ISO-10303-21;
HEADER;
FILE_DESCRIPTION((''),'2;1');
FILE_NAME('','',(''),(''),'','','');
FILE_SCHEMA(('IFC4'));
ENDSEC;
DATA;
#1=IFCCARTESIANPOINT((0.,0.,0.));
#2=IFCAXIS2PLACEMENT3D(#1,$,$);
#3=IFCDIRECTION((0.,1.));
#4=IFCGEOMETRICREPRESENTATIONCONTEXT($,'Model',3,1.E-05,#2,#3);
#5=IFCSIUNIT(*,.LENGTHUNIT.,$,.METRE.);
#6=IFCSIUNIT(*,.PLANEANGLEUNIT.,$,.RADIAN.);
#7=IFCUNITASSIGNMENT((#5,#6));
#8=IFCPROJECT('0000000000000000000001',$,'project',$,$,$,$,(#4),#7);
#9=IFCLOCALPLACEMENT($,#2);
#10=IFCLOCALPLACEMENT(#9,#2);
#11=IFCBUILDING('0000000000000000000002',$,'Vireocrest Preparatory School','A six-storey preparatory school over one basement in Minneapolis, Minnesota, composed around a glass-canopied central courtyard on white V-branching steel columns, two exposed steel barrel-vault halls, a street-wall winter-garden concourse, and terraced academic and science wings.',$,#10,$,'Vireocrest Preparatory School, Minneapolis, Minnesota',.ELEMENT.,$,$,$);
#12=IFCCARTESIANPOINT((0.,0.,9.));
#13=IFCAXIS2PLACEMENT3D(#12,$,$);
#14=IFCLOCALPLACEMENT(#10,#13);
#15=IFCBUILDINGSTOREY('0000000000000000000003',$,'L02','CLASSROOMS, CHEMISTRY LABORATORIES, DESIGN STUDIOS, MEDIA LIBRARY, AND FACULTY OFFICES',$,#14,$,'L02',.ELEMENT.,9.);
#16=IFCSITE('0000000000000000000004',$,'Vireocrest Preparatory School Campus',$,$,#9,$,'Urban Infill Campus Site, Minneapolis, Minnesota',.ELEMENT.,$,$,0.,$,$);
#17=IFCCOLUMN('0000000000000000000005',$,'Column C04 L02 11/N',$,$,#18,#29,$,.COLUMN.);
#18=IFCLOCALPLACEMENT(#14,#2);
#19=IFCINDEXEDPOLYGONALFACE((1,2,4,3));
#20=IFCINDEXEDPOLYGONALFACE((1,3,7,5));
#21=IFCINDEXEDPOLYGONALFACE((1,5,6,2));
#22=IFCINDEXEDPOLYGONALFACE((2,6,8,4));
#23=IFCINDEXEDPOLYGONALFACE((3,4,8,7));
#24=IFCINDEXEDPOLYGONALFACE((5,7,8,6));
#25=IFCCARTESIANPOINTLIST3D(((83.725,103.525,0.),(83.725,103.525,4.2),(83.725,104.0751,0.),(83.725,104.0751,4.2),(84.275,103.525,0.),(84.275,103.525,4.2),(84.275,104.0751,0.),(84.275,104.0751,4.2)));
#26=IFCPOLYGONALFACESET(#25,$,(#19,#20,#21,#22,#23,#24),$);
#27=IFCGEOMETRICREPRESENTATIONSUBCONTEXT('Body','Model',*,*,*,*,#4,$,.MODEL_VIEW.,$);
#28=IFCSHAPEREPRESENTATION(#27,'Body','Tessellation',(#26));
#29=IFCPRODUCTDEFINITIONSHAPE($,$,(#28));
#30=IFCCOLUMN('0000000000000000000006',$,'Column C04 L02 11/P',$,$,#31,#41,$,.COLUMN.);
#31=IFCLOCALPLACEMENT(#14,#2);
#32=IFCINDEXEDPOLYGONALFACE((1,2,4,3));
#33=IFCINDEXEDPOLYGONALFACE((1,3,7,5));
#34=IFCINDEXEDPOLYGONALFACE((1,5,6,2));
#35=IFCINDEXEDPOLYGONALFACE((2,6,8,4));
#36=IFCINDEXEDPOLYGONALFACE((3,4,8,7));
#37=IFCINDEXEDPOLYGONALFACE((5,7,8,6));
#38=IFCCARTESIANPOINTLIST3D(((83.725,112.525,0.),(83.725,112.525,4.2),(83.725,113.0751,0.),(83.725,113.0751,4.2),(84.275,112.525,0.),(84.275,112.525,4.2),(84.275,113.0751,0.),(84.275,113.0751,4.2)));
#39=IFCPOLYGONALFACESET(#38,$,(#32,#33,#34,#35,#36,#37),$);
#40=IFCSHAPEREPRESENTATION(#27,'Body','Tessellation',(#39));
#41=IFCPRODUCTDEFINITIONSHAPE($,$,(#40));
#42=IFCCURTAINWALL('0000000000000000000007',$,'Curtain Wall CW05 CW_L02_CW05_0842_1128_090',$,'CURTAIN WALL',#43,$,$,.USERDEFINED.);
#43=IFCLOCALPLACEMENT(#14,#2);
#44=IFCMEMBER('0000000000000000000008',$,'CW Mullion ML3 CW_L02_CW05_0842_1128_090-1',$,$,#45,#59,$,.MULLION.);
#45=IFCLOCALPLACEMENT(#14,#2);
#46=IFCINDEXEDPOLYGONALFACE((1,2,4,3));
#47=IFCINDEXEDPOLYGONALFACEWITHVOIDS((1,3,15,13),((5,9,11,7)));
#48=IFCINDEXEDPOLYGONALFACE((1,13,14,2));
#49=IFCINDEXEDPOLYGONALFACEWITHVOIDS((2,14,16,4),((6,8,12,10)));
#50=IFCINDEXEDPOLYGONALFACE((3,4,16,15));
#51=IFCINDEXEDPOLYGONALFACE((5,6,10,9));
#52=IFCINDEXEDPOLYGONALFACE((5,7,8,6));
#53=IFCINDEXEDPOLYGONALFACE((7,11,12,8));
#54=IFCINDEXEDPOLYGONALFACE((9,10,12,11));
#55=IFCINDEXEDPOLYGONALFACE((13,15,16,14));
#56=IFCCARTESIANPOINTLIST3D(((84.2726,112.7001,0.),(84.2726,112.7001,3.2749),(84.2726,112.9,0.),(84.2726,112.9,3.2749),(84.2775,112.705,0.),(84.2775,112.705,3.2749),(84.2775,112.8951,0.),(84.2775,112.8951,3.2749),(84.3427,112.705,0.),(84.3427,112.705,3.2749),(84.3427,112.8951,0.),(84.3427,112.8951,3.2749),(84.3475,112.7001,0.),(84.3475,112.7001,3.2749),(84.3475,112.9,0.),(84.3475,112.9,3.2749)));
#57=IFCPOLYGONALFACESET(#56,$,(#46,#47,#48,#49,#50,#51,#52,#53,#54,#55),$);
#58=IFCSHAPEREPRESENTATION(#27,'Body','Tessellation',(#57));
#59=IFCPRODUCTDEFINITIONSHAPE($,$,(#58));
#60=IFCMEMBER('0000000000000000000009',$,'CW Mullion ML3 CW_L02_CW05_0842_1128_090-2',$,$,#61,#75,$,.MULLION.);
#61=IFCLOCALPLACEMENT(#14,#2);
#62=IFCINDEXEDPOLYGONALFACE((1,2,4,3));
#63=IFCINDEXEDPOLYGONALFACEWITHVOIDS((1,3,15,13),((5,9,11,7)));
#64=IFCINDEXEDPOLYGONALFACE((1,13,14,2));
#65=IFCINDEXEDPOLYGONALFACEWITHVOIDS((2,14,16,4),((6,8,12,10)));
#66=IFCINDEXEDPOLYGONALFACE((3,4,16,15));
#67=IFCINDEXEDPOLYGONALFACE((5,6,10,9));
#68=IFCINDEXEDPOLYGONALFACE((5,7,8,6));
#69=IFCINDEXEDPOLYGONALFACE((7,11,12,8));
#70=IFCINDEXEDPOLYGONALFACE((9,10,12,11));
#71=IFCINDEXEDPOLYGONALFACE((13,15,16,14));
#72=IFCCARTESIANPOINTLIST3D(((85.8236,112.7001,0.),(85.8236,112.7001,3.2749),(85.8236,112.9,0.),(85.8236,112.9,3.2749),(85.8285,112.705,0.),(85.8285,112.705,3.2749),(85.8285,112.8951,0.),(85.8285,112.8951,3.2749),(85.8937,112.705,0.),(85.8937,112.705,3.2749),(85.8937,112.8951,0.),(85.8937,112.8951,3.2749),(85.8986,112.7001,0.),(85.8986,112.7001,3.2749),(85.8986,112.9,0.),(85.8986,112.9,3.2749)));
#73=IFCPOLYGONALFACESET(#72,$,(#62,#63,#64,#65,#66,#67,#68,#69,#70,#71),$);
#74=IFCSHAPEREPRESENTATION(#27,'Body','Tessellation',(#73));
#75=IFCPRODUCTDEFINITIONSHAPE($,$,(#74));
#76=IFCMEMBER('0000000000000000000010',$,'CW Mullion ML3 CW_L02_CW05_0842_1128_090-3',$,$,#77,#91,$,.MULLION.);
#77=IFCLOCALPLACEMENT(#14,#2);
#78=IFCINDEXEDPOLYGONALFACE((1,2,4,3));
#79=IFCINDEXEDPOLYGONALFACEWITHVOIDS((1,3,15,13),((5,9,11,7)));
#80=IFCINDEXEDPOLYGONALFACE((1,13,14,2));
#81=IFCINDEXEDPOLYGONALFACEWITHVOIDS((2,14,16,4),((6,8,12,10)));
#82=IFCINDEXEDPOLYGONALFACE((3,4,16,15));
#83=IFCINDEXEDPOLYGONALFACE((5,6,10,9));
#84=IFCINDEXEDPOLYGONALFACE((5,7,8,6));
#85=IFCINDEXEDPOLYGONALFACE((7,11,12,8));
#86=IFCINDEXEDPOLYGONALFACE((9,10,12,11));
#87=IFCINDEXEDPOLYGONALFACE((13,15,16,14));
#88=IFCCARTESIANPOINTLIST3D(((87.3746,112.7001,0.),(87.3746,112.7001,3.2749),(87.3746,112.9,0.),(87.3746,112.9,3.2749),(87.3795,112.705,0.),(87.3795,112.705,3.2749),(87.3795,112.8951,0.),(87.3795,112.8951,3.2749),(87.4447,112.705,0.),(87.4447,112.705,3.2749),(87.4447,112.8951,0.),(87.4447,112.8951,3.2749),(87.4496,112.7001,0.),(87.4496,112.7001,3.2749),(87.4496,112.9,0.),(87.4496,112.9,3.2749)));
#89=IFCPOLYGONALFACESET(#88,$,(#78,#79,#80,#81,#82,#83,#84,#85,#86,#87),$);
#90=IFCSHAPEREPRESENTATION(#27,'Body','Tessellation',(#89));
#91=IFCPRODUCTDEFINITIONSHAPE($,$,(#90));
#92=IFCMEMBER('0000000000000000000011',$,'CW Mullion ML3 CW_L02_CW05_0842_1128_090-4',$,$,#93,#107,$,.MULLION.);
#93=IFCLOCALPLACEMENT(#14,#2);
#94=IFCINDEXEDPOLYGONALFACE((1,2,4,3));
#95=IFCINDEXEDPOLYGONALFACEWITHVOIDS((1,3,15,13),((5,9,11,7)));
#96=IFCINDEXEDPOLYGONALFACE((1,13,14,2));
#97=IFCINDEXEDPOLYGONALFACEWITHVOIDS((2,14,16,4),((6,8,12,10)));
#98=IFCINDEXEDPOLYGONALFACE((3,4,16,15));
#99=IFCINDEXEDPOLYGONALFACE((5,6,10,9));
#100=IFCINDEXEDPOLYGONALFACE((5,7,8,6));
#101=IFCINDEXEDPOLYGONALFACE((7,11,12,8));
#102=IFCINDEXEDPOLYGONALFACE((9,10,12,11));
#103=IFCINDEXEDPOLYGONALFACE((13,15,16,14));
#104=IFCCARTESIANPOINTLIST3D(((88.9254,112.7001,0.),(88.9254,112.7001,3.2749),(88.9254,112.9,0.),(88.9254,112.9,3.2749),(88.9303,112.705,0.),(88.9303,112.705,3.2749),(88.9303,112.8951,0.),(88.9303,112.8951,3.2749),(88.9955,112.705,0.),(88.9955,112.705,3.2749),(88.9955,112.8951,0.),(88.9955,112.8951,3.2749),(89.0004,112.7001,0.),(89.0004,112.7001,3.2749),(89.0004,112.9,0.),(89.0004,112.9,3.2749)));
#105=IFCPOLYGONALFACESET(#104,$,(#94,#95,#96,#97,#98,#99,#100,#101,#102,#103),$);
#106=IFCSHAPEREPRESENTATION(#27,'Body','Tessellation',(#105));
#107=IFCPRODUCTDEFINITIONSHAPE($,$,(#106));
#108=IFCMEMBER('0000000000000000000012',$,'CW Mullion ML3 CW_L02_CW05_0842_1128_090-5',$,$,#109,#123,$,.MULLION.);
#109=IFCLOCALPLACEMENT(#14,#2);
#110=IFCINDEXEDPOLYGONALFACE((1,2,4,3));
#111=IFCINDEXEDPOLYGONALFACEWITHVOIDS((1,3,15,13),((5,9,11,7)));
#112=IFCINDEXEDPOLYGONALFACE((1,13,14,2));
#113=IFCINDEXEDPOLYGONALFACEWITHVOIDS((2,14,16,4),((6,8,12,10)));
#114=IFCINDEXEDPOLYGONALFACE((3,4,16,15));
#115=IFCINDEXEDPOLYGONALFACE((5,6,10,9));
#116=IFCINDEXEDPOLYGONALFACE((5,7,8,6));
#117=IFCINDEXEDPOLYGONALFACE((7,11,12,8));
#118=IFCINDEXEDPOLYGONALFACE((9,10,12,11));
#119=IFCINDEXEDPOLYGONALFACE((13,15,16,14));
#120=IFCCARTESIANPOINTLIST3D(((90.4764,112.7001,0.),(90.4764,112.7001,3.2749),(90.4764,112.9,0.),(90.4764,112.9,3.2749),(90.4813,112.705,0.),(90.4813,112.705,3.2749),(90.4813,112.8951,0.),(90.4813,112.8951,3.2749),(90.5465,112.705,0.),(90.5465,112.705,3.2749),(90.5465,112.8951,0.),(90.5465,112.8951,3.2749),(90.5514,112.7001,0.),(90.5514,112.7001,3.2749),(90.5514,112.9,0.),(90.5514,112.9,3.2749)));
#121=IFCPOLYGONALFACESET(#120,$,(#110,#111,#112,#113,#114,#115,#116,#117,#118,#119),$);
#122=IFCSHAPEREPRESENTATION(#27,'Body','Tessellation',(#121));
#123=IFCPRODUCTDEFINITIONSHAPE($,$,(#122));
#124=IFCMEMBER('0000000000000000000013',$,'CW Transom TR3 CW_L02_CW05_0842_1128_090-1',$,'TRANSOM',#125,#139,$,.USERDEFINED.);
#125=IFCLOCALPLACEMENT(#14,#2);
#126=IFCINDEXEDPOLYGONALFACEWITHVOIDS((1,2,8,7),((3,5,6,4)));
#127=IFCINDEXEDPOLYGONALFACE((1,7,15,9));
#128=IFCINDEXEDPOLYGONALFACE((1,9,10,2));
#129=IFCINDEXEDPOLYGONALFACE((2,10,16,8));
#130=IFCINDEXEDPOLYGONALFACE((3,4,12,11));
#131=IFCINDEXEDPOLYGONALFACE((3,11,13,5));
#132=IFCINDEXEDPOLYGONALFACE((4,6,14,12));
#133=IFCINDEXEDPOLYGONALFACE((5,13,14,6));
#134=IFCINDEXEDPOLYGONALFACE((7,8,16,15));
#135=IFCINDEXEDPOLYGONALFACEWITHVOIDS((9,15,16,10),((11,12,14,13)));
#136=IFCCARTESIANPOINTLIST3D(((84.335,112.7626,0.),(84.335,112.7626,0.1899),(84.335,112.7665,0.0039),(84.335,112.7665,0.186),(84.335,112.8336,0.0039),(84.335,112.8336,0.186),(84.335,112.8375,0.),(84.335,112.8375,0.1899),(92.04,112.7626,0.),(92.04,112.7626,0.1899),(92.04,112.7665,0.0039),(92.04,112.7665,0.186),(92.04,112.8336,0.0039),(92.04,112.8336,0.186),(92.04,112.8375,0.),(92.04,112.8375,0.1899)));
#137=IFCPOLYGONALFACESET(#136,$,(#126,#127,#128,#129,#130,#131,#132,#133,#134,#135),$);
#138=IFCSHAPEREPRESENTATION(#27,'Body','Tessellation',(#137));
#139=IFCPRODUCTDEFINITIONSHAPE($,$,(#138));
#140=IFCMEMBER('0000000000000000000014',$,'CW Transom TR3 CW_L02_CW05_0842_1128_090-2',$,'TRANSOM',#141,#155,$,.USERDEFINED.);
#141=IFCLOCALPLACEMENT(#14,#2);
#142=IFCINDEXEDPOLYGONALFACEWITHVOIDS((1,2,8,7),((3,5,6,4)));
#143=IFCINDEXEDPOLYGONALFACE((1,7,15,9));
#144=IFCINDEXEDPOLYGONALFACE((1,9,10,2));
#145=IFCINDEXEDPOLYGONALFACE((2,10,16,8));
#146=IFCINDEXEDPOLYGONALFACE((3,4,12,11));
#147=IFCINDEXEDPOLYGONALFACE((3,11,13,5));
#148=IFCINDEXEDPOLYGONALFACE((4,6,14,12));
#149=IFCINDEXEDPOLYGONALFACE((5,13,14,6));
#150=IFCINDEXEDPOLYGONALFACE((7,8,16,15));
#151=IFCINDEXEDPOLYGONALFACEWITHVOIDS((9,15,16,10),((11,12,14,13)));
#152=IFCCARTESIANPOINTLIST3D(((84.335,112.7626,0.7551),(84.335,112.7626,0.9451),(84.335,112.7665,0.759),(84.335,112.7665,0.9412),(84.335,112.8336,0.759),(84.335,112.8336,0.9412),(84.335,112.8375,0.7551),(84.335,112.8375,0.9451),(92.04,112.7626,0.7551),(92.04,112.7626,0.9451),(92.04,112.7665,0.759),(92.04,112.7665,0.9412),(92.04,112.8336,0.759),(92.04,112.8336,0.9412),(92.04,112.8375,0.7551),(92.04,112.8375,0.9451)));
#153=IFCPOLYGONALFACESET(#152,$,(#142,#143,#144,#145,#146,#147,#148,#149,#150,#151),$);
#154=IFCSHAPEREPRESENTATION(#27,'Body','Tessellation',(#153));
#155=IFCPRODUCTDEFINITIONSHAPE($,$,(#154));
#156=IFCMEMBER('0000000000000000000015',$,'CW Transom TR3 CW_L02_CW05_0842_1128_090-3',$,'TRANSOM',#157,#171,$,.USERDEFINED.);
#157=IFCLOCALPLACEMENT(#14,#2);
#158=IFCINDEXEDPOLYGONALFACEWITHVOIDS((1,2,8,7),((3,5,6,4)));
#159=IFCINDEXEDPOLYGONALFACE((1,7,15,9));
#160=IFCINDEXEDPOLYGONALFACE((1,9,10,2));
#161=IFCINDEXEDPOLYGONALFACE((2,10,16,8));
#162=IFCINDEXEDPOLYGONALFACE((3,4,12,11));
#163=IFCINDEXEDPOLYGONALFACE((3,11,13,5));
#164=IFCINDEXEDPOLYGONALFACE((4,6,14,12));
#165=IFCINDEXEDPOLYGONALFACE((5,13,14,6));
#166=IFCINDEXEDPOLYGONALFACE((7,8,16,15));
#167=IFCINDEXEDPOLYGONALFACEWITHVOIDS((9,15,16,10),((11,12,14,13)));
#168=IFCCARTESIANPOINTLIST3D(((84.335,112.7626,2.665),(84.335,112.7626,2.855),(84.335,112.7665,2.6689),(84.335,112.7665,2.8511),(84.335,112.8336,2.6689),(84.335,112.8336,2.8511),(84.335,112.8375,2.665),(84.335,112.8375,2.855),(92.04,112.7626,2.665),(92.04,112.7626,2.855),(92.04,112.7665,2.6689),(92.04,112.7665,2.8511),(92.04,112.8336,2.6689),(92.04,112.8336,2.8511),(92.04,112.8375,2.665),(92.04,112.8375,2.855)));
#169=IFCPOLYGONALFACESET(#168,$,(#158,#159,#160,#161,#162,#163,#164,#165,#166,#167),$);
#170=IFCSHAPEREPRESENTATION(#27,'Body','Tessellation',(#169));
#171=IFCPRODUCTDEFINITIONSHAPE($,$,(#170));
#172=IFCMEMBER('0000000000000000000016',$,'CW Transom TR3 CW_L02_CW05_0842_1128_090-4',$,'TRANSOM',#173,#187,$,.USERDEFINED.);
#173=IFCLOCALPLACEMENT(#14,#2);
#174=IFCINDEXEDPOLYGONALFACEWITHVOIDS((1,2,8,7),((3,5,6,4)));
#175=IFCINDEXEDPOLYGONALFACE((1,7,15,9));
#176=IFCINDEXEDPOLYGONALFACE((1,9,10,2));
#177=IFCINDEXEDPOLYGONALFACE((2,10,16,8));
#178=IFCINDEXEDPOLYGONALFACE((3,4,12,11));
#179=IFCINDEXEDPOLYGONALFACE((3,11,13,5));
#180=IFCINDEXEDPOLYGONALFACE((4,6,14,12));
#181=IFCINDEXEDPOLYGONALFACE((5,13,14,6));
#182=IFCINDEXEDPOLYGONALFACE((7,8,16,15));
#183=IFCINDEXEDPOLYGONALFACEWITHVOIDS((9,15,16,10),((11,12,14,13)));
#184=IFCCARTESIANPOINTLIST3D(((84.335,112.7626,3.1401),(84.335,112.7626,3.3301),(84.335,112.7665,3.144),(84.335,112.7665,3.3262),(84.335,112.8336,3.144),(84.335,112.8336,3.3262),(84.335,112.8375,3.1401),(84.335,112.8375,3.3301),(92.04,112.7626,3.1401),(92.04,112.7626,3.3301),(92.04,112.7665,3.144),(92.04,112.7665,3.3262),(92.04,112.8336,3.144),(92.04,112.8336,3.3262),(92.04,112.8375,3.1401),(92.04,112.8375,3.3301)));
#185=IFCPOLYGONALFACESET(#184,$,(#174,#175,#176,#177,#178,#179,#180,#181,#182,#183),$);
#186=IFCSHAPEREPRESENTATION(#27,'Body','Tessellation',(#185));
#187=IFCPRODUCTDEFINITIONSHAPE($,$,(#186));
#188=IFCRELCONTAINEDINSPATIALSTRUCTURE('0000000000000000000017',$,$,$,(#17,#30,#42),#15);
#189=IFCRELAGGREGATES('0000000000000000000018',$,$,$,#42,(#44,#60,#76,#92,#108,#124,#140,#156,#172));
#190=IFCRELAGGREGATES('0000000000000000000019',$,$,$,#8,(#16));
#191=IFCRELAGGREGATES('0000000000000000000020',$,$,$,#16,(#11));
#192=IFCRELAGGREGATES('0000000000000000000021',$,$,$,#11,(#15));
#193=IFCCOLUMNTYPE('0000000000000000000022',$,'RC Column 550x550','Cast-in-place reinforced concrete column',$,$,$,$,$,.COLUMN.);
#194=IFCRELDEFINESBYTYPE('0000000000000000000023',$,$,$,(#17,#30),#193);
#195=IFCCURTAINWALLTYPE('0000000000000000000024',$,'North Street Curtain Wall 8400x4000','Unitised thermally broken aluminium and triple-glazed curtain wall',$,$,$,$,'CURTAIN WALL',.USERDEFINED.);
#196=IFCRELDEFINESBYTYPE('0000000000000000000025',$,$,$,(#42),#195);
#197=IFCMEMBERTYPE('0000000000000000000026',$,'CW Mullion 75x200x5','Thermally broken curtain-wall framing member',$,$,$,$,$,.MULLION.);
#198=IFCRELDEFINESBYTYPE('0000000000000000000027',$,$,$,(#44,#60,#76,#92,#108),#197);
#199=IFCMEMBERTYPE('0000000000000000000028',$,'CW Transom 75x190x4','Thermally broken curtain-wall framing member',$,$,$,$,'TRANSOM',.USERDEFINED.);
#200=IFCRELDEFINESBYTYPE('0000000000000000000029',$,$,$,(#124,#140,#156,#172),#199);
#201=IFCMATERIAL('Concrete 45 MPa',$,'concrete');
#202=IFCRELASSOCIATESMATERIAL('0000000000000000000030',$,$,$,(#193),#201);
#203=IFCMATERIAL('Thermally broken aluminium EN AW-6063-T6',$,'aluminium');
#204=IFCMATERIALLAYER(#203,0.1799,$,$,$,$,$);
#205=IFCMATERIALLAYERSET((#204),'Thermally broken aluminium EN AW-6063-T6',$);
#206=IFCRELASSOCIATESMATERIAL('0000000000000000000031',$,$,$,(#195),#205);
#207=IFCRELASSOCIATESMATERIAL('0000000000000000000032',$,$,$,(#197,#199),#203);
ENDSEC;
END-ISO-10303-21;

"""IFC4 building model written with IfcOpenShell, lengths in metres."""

from ifc_helpers import new_model, si_unit, direction, frame, origin, origin_2d, place, context, subcontext, project, spatial, rectangle, hollow_rectangle, extrude, material, layer, layer_set, material_profile, profile_set, type_object, element, aggregate, save


model = new_model("IFC4")

# Units and contexts
model_context = context("Model", 3, precision=1e-05, world=origin(), true_north=direction((0.0, 1.0)))
body_context = subcontext(model_context, "Body", "Model", "MODEL_VIEW")
ifc_project = project(units=[si_unit("LENGTHUNIT", "METRE"), si_unit("PLANEANGLEUNIT", "RADIAN")], contexts=[model_context])

# Site, building, storey
site_placement = place(None, origin())
site = spatial("IfcSite", under=ifc_project, at=site_placement, Name="Vireocrest Preparatory School Campus", LongName="Urban Infill Campus Site, Minneapolis, Minnesota", CompositionType="ELEMENT", RefElevation=0.0)
building_placement = place(site_placement, origin())
building = spatial("IfcBuilding", under=site, at=building_placement, Name="Vireocrest Preparatory School", Description="A six-storey preparatory school over one basement in Minneapolis, Minnesota, composed around a glass-canopied central courtyard on white V-branching steel columns, two exposed steel barrel-vault halls, a street-wall winter-garden concourse, and terraced academic and science wings.", LongName="Vireocrest Preparatory School, Minneapolis, Minnesota", CompositionType="ELEMENT")
storey_placement = place(building_placement, frame((0.0, 0.0, 9.0)))
storey = spatial("IfcBuildingStorey", under=building, at=storey_placement, Name="L02", Description="CLASSROOMS, CHEMISTRY LABORATORIES, DESIGN STUDIOS, MEDIA LIBRARY, AND FACULTY OFFICES", LongName="L02", CompositionType="ELEMENT", Elevation=9.0)

# Columns
ifc_material_1 = material(Name="Concrete 45 MPa", Category="concrete")
ifc_material_profile_1 = material_profile(ifc_material_1, rectangle(XDim=0.55, YDim=0.55, at=origin_2d()), Name="RC 550x550")
ifc_profile_set_1 = profile_set([ifc_material_profile_1], Name="Concrete 45 MPa")
column_type = type_object("IfcColumnType", Name="RC Column 550x550", Description="Cast-in-place reinforced concrete column", PredefinedType="COLUMN", material=ifc_profile_set_1)
for number, where, z_axis, x_axis, name in (
    (1, (84.0, 103.8, 0.0), (0.0, 0.0, 1.0), (1.0, 0.0, 0.0), "Column C04 L02 11/N"),
    (2, (84.0, 112.8, 0.0), (0.0, 0.0, 1.0), (1.0, 0.0, 0.0), "Column C04 L02 11/P"),
):
    element("IfcColumn", number, at=place(storey_placement, frame(where, z_axis=z_axis, x_axis=x_axis)), inside=storey, type_object=column_type, Name=name, PredefinedType="COLUMN", context=body_context, shape_type="SweptSolid", body=[
        extrude(rectangle(XDim=0.55, YDim=0.55, at=origin_2d()), origin(), (0.0, 0.0, 1.0), 4.2),
    ])

# Curtain wall, members
ifc_material_2 = material(Name="Thermally broken aluminium EN AW-6063-T6", Category="aluminium")
ifc_layer_1 = layer(ifc_material_2, 0.1799)
ifc_layer_set_1 = layer_set([ifc_layer_1], Name="Thermally broken aluminium EN AW-6063-T6")
curtain_wall_type = type_object("IfcCurtainWallType", Name="North Street Curtain Wall 8400x4000", Description="Unitised thermally broken aluminium and triple-glazed curtain wall", ElementType="CURTAIN WALL", PredefinedType="USERDEFINED", material=ifc_layer_set_1)
curtain_wall_placement = place(storey_placement, origin())
curtain_wall = element("IfcCurtainWall", 3, at=curtain_wall_placement, inside=storey, type_object=curtain_wall_type, Name="Curtain Wall CW05 CW_L02_CW05_0842_1128_090", ObjectType="CURTAIN WALL", PredefinedType="USERDEFINED")
ifc_material_profile_2 = material_profile(ifc_material_2, hollow_rectangle(XDim=0.075, YDim=0.2, WallThickness=0.0049, at=origin_2d()), Name="ALU 75x200x5")
ifc_profile_set_2 = profile_set([ifc_material_profile_2], Name="Thermally broken aluminium EN AW-6063-T6")
member_type_1 = type_object("IfcMemberType", Name="CW Mullion 75x200x5", Description="Thermally broken curtain-wall framing member", PredefinedType="MULLION", material=ifc_profile_set_2)
member_1_placement = place(storey_placement, frame((84.3101, 112.8, 0.0), z_axis=(0.0, 0.0, 1.0), x_axis=(1.0, 0.0, 0.0)))
member_1 = element("IfcMember", 4, at=member_1_placement, type_object=member_type_1, Name="CW Mullion ML3 CW_L02_CW05_0842_1128_090-1", PredefinedType="MULLION", context=body_context, shape_type="SweptSolid", body=[
    extrude(hollow_rectangle(XDim=0.075, YDim=0.2, WallThickness=0.0049, at=origin_2d()), origin(), (0.0, 0.0, 1.0), 3.2749),
])
member_2_placement = place(storey_placement, frame((85.8611, 112.8, 0.0), z_axis=(0.0, 0.0, 1.0), x_axis=(1.0, 0.0, 0.0)))
member_2 = element("IfcMember", 5, at=member_2_placement, type_object=member_type_1, Name="CW Mullion ML3 CW_L02_CW05_0842_1128_090-2", PredefinedType="MULLION", context=body_context, shape_type="SweptSolid", body=[
    extrude(hollow_rectangle(XDim=0.075, YDim=0.2, WallThickness=0.0049, at=origin_2d()), origin(), (0.0, 0.0, 1.0), 3.2749),
])
member_3_placement = place(storey_placement, frame((87.4121, 112.8, 0.0), z_axis=(0.0, 0.0, 1.0), x_axis=(1.0, 0.0, 0.0)))
member_3 = element("IfcMember", 6, at=member_3_placement, type_object=member_type_1, Name="CW Mullion ML3 CW_L02_CW05_0842_1128_090-3", PredefinedType="MULLION", context=body_context, shape_type="SweptSolid", body=[
    extrude(hollow_rectangle(XDim=0.075, YDim=0.2, WallThickness=0.0049, at=origin_2d()), origin(), (0.0, 0.0, 1.0), 3.2749),
])
member_4_placement = place(storey_placement, frame((88.9629, 112.8, 0.0), z_axis=(0.0, 0.0, 1.0), x_axis=(1.0, 0.0, 0.0)))
member_4 = element("IfcMember", 7, at=member_4_placement, type_object=member_type_1, Name="CW Mullion ML3 CW_L02_CW05_0842_1128_090-4", PredefinedType="MULLION", context=body_context, shape_type="SweptSolid", body=[
    extrude(hollow_rectangle(XDim=0.075, YDim=0.2, WallThickness=0.0049, at=origin_2d()), origin(), (0.0, 0.0, 1.0), 3.2749),
])
member_5_placement = place(storey_placement, frame((90.5139, 112.8, 0.0), z_axis=(0.0, 0.0, 1.0), x_axis=(1.0, 0.0, 0.0)))
member_5 = element("IfcMember", 8, at=member_5_placement, type_object=member_type_1, Name="CW Mullion ML3 CW_L02_CW05_0842_1128_090-5", PredefinedType="MULLION", context=body_context, shape_type="SweptSolid", body=[
    extrude(hollow_rectangle(XDim=0.075, YDim=0.2, WallThickness=0.0049, at=origin_2d()), origin(), (0.0, 0.0, 1.0), 3.2749),
])
ifc_material_profile_3 = material_profile(ifc_material_2, hollow_rectangle(XDim=0.075, YDim=0.1899, WallThickness=0.0039, at=origin_2d()), Name="ALU 75x190x4")
ifc_profile_set_3 = profile_set([ifc_material_profile_3], Name="Thermally broken aluminium EN AW-6063-T6")
member_type_2 = type_object("IfcMemberType", Name="CW Transom 75x190x4", Description="Thermally broken curtain-wall framing member", ElementType="TRANSOM", PredefinedType="USERDEFINED", material=ifc_profile_set_3)
member_6_placement = place(storey_placement, frame((84.335, 112.8, 0.095), z_axis=(1.0, 0.0, 0.0), x_axis=(0.0, 1.0, 0.0)))
member_6 = element("IfcMember", 9, at=member_6_placement, type_object=member_type_2, Name="CW Transom TR3 CW_L02_CW05_0842_1128_090-1", ObjectType="TRANSOM", PredefinedType="USERDEFINED", context=body_context, shape_type="SweptSolid", body=[
    extrude(hollow_rectangle(XDim=0.075, YDim=0.1899, WallThickness=0.0039, at=origin_2d()), origin(), (0.0, 0.0, 1.0), 7.7051),
])
member_7_placement = place(storey_placement, frame((84.335, 112.8, 0.8501), z_axis=(1.0, 0.0, 0.0), x_axis=(0.0, 1.0, 0.0)))
member_7 = element("IfcMember", 10, at=member_7_placement, type_object=member_type_2, Name="CW Transom TR3 CW_L02_CW05_0842_1128_090-2", ObjectType="TRANSOM", PredefinedType="USERDEFINED", context=body_context, shape_type="SweptSolid", body=[
    extrude(hollow_rectangle(XDim=0.075, YDim=0.1899, WallThickness=0.0039, at=origin_2d()), origin(), (0.0, 0.0, 1.0), 7.7051),
])
member_8_placement = place(storey_placement, frame((84.335, 112.8, 2.76), z_axis=(1.0, 0.0, 0.0), x_axis=(0.0, 1.0, 0.0)))
member_8 = element("IfcMember", 11, at=member_8_placement, type_object=member_type_2, Name="CW Transom TR3 CW_L02_CW05_0842_1128_090-3", ObjectType="TRANSOM", PredefinedType="USERDEFINED", context=body_context, shape_type="SweptSolid", body=[
    extrude(hollow_rectangle(XDim=0.075, YDim=0.1899, WallThickness=0.0039, at=origin_2d()), origin(), (0.0, 0.0, 1.0), 7.7051),
])
member_9_placement = place(storey_placement, frame((84.335, 112.8, 3.2351), z_axis=(1.0, 0.0, 0.0), x_axis=(0.0, 1.0, 0.0)))
member_9 = element("IfcMember", 12, at=member_9_placement, type_object=member_type_2, Name="CW Transom TR3 CW_L02_CW05_0842_1128_090-4", ObjectType="TRANSOM", PredefinedType="USERDEFINED", context=body_context, shape_type="SweptSolid", body=[
    extrude(hollow_rectangle(XDim=0.075, YDim=0.1899, WallThickness=0.0039, at=origin_2d()), origin(), (0.0, 0.0, 1.0), 7.7051),
])

aggregate(curtain_wall, [member_1, member_2, member_3, member_4, member_5, member_6, member_7, member_8, member_9])

save(model, "model.ifc")
